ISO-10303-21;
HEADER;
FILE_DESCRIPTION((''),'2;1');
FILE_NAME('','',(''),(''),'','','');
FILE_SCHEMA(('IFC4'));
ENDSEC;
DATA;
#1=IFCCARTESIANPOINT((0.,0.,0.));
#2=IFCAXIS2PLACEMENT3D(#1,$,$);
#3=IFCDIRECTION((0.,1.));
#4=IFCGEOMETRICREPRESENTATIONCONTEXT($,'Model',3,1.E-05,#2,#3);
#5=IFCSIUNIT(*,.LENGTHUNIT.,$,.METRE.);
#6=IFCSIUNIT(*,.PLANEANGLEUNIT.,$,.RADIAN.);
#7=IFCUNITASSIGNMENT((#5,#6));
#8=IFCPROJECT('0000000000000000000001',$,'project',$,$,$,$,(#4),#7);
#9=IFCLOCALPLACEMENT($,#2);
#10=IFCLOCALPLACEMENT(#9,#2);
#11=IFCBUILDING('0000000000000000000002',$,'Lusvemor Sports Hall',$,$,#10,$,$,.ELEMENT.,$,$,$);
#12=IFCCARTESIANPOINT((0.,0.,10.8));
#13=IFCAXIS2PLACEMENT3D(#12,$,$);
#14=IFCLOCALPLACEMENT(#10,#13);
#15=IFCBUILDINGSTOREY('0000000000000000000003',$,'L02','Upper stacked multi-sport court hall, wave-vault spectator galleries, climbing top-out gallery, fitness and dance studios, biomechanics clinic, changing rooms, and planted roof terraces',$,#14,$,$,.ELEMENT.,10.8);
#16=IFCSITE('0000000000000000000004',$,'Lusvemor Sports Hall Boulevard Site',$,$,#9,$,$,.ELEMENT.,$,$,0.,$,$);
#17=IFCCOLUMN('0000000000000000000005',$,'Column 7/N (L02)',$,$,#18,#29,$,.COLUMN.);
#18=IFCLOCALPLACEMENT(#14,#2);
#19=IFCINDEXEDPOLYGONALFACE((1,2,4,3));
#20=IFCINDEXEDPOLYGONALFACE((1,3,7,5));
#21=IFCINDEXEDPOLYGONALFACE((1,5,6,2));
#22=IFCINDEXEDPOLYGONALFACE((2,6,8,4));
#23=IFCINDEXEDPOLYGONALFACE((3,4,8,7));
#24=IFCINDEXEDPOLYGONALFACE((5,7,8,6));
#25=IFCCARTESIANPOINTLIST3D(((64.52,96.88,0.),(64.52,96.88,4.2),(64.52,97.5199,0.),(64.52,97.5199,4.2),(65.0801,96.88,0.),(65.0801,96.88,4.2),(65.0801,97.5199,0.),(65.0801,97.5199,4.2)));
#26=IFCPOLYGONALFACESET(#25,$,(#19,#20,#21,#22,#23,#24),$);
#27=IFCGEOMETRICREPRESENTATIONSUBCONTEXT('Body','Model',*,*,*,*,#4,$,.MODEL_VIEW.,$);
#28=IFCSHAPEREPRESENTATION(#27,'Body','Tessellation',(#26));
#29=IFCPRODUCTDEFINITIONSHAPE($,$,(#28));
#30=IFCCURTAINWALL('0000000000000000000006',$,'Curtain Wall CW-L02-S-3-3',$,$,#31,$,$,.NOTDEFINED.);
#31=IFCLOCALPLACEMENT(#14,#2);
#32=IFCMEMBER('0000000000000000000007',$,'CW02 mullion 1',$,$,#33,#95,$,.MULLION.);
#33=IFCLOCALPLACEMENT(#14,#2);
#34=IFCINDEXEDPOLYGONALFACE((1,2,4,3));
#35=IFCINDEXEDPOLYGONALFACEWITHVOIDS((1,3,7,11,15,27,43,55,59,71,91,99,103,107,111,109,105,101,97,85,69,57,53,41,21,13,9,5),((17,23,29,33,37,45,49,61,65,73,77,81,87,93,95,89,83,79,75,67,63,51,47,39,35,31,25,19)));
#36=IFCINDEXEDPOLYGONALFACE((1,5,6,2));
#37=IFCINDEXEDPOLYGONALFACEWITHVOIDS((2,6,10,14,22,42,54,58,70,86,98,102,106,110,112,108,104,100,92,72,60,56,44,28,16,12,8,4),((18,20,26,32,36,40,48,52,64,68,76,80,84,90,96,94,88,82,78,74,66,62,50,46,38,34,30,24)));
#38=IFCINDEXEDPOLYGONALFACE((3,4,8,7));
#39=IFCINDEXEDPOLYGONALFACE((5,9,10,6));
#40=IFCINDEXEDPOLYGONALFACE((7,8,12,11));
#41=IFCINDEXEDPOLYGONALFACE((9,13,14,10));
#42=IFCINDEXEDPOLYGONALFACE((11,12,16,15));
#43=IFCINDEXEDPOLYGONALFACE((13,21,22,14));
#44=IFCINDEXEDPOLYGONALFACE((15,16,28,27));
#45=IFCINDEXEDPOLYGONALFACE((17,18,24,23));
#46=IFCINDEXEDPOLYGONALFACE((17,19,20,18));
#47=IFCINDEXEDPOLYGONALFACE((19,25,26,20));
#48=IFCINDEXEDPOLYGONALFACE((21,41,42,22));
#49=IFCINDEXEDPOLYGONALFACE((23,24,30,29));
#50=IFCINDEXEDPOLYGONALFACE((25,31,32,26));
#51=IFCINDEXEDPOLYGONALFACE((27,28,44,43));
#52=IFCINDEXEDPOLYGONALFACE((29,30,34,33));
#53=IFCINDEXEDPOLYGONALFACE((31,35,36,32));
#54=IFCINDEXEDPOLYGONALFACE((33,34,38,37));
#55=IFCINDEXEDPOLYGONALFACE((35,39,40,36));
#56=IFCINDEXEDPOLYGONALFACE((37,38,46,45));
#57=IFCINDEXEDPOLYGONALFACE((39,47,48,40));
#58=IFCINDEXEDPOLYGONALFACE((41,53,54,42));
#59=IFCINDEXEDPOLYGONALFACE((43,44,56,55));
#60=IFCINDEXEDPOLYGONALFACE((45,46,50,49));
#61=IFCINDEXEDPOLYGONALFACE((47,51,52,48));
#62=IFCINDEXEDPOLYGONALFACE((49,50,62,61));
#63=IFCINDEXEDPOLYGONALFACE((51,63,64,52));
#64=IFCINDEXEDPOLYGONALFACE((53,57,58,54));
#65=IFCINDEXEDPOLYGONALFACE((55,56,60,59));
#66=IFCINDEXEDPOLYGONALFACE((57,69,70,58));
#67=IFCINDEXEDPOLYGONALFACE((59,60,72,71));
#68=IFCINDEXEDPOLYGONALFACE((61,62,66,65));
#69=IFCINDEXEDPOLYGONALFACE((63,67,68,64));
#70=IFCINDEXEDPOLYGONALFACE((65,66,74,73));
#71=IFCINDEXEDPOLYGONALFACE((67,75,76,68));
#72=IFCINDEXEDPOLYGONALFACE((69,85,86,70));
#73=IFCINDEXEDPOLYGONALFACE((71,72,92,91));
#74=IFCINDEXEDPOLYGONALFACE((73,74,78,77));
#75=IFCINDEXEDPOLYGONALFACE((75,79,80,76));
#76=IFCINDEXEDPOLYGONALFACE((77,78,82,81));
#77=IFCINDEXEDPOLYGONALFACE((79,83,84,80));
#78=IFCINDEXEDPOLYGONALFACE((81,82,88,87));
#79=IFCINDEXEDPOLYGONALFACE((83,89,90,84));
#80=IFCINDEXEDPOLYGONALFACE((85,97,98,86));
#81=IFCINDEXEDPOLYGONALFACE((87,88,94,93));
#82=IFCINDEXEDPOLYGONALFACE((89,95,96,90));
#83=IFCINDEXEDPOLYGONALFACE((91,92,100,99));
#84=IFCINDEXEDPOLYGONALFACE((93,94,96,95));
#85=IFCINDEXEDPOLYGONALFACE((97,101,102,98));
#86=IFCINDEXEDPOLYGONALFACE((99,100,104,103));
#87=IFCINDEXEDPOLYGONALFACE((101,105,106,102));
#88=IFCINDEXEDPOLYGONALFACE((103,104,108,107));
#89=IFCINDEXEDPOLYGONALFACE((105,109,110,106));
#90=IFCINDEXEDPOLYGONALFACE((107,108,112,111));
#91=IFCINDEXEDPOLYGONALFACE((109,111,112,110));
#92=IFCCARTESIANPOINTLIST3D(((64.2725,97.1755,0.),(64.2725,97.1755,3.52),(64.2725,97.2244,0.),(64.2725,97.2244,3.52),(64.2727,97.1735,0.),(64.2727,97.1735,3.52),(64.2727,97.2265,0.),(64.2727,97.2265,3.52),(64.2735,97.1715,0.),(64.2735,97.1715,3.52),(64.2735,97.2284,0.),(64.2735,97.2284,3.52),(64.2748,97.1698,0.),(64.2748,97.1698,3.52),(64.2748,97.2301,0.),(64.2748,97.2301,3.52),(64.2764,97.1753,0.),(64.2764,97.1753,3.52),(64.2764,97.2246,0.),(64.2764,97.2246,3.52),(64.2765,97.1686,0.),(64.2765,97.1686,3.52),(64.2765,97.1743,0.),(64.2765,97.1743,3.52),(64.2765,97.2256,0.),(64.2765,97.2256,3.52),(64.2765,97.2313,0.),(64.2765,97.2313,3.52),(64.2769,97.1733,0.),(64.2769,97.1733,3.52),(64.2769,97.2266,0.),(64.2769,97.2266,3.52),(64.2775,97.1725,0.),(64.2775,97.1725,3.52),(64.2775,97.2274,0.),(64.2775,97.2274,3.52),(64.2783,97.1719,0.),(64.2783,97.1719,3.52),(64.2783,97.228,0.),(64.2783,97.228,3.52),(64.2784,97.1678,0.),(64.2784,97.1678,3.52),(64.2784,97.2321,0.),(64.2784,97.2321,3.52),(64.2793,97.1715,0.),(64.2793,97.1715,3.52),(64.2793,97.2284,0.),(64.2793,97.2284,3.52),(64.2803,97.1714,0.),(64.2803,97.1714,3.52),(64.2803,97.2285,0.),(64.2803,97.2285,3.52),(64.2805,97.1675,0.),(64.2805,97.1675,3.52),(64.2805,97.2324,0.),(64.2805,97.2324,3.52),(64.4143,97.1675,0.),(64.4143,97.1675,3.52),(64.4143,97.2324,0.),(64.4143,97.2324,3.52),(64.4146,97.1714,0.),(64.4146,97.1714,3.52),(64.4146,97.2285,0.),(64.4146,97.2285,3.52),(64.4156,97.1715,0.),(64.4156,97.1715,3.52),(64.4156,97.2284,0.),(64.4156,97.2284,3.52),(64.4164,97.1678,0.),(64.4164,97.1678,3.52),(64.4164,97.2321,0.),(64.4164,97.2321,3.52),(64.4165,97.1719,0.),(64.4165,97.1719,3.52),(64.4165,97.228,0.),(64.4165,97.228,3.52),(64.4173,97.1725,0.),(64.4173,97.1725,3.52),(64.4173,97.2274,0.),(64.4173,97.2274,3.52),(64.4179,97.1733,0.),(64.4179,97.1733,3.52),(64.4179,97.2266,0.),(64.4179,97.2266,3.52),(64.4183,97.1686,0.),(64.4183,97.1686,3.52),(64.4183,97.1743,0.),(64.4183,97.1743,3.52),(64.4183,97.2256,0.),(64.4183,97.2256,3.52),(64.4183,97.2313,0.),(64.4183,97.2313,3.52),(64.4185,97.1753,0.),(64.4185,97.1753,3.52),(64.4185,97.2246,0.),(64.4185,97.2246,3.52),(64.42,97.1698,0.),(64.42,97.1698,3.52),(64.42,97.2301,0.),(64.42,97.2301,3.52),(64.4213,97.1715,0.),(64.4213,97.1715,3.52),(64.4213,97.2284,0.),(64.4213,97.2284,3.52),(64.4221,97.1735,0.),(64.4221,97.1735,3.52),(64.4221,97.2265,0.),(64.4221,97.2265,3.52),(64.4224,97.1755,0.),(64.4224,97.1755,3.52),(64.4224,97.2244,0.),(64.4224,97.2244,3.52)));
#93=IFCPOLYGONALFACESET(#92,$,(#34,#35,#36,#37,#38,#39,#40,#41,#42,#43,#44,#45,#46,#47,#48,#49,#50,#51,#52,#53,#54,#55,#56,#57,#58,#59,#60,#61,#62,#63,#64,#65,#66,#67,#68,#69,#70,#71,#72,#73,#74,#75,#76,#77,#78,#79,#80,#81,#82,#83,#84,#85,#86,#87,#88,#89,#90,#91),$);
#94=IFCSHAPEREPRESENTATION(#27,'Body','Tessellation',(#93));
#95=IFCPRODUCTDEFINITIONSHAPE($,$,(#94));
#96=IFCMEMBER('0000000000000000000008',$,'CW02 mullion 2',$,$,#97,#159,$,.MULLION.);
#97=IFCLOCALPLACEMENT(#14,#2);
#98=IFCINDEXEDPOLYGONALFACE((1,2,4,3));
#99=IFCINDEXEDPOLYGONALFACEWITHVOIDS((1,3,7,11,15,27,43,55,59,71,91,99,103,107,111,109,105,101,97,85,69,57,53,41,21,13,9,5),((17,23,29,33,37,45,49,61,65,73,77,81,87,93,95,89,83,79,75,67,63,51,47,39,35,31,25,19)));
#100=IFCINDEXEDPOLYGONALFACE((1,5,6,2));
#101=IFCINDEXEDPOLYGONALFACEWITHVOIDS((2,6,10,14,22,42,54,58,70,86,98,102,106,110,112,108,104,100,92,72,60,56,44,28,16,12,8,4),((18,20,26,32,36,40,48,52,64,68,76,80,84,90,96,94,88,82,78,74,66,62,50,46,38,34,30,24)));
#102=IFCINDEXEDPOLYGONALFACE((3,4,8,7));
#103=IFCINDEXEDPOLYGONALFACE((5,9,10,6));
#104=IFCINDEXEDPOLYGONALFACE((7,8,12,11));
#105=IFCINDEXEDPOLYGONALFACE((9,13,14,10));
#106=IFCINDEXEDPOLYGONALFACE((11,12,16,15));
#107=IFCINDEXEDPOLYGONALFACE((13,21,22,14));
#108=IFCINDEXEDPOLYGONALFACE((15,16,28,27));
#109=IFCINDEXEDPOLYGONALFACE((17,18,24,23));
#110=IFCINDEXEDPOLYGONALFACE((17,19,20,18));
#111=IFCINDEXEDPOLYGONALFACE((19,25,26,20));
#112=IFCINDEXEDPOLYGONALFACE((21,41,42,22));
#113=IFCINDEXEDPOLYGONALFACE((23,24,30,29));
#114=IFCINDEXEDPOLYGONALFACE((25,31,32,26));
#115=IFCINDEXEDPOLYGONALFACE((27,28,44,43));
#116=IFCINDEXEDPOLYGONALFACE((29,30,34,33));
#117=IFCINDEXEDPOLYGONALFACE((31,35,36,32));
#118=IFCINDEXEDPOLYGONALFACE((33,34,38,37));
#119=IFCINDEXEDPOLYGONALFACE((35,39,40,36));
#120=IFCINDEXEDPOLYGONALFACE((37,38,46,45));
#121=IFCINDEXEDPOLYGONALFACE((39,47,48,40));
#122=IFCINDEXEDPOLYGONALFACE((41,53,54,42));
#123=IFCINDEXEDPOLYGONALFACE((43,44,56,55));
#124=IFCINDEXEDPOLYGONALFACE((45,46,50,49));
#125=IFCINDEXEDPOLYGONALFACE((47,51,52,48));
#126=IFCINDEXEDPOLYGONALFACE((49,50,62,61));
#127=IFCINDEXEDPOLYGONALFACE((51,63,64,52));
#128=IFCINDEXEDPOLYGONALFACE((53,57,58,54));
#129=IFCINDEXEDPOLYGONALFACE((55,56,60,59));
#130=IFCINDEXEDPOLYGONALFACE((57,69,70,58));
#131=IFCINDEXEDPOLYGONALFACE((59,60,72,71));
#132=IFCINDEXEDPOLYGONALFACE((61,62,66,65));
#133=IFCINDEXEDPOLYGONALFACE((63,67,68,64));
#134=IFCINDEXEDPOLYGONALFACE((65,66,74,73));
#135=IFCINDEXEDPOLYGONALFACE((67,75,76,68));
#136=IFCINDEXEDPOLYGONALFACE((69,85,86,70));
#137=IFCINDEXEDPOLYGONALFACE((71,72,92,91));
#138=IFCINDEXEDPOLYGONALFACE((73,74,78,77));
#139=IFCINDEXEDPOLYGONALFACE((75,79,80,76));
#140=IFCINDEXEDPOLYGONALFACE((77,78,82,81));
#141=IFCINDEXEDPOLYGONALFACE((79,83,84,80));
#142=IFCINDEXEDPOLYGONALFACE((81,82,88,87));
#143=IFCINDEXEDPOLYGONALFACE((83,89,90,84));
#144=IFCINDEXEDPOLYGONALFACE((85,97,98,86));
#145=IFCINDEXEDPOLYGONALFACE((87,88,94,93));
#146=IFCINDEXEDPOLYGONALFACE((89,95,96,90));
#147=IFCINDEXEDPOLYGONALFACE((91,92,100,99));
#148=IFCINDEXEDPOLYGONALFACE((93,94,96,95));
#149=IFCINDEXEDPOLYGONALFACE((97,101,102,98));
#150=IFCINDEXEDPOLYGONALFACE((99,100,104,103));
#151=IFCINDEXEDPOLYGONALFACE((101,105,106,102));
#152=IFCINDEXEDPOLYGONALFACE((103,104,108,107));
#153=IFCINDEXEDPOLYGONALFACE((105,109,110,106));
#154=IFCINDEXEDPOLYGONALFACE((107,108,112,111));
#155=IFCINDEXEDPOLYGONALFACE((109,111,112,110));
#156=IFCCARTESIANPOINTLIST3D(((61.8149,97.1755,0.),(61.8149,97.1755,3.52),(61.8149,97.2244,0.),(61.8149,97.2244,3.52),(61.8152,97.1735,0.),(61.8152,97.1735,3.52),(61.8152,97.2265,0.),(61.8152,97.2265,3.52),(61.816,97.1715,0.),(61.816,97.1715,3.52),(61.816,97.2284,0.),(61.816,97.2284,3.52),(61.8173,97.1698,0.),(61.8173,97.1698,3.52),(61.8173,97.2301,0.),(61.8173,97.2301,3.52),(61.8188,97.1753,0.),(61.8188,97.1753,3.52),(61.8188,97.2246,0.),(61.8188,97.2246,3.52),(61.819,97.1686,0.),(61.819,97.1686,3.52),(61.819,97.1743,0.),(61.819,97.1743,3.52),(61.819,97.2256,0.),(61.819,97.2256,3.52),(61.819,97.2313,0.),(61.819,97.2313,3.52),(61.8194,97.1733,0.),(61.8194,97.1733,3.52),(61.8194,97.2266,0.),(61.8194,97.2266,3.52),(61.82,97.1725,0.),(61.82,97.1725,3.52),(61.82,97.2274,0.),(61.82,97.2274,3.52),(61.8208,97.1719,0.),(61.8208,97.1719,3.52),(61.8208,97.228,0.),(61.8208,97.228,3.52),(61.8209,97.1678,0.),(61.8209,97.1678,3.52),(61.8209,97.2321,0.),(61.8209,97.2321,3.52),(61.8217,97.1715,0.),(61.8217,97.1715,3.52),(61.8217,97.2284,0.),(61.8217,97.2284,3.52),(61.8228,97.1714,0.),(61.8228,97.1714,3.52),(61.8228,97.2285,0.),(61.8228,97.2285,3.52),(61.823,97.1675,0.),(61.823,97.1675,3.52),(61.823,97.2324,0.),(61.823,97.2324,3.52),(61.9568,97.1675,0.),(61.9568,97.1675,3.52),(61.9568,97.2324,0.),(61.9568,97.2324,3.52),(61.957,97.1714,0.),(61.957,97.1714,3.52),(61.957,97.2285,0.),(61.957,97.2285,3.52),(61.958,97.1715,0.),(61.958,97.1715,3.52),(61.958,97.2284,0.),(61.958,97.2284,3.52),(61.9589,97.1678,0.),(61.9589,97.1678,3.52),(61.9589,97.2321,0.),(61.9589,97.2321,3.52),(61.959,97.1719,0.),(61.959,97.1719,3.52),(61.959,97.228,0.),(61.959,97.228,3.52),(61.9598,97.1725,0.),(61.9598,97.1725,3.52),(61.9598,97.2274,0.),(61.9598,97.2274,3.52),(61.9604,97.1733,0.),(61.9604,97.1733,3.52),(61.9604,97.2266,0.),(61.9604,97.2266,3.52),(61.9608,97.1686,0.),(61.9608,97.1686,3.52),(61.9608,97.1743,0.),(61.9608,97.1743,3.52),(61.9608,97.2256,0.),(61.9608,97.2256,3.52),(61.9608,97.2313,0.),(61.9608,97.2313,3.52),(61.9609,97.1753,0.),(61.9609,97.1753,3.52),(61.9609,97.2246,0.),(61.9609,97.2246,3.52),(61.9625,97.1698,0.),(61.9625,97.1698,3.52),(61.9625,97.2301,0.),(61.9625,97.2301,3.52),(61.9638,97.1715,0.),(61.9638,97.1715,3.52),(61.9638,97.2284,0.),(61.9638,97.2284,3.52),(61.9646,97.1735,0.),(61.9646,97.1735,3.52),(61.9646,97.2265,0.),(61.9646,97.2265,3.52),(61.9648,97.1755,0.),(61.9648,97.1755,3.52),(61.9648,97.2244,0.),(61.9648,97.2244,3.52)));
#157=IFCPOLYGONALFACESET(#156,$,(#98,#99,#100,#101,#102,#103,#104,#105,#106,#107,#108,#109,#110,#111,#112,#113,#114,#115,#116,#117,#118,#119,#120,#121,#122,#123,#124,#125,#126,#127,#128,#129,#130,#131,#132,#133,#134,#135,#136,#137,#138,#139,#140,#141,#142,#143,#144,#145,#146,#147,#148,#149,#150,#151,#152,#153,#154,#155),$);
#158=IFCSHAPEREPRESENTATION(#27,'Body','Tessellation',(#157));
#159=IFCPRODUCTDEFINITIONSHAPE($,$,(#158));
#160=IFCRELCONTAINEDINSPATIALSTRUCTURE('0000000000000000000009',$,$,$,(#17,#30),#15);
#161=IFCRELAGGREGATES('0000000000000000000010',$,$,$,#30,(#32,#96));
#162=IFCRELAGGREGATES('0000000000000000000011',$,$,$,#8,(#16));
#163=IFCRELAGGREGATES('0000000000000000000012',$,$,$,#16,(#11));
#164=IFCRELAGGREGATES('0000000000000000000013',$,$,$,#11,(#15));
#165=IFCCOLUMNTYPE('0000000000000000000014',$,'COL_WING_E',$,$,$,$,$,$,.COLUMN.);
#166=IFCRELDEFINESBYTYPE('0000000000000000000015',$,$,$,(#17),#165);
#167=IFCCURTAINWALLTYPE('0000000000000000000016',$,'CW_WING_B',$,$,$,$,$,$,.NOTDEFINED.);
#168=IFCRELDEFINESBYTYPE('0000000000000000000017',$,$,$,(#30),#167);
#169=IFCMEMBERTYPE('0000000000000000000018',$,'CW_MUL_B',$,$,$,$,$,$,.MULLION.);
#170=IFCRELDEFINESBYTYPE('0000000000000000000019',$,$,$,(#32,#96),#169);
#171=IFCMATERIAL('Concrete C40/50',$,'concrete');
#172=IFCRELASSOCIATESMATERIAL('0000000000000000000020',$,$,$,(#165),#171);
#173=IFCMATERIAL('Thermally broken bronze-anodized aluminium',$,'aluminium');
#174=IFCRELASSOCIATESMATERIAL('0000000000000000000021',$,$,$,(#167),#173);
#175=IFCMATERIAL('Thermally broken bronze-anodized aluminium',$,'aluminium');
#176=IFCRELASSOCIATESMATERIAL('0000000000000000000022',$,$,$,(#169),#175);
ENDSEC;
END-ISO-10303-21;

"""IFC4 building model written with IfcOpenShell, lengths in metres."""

from ifc_helpers import new_model, si_unit, direction, frame, origin, origin_2d, place, context, subcontext, project, spatial, rectangle, hollow_rectangle, extrude, material, material_profile, profile_set, type_object, element, aggregate, save


model = new_model("IFC4")

# Units and contexts
model_context = context("Model", 3, precision=1e-05, world=origin(), true_north=direction((0.0, 1.0)))
body_context = subcontext(model_context, "Body", "Model", "MODEL_VIEW")
ifc_project = project(units=[si_unit("LENGTHUNIT", "METRE"), si_unit("PLANEANGLEUNIT", "RADIAN")], contexts=[model_context])

# Site, building, storey
site_placement = place(None, origin())
site = spatial("IfcSite", under=ifc_project, at=site_placement, Name="Lusvemor Sports Hall Boulevard Site", CompositionType="ELEMENT", RefElevation=0.0)
building_placement = place(site_placement, origin())
building = spatial("IfcBuilding", under=site, at=building_placement, Name="Lusvemor Sports Hall", CompositionType="ELEMENT")
storey_placement = place(building_placement, frame((0.0, 0.0, 10.8)))
storey = spatial("IfcBuildingStorey", under=building, at=storey_placement, Name="L02", Description="Upper stacked multi-sport court hall, wave-vault spectator galleries, climbing top-out gallery, fitness and dance studios, biomechanics clinic, changing rooms, and planted roof terraces", CompositionType="ELEMENT", Elevation=10.8)

# Column
ifc_material_1 = material(Name="Concrete C40/50", Category="concrete")
ifc_material_profile_1 = material_profile(ifc_material_1, rectangle(XDim=0.5601, YDim=0.6399, at=origin_2d()), Name="RC560x640")
ifc_profile_set_1 = profile_set([ifc_material_profile_1], Name="Concrete C40/50")
column_type = type_object("IfcColumnType", Name="COL_WING_E", PredefinedType="COLUMN", material=ifc_profile_set_1)
column_placement = place(storey_placement, frame((64.8, 97.2, 0.0), z_axis=(0.0, 0.0, 1.0), x_axis=(1.0, 0.0, 0.0)))
element("IfcColumn", 1, at=column_placement, inside=storey, type_object=column_type, Name="Column 7/N (L02)", PredefinedType="COLUMN", context=body_context, shape_type="SweptSolid", body=[
    extrude(rectangle(XDim=0.5601, YDim=0.6399, at=origin_2d()), origin(), (0.0, 0.0, 1.0), 4.2),
])

# Curtain wall, members
ifc_material_2 = material(Name="Thermally broken bronze-anodized aluminium", Category="aluminium")
curtain_wall_type = type_object("IfcCurtainWallType", Name="CW_WING_B", PredefinedType="NOTDEFINED", material=ifc_material_2)
curtain_wall_placement = place(storey_placement, origin())
curtain_wall = element("IfcCurtainWall", 2, at=curtain_wall_placement, inside=storey, type_object=curtain_wall_type, Name="Curtain Wall CW-L02-S-3-3", PredefinedType="NOTDEFINED")
ifc_material_3 = material(Name="Thermally broken bronze-anodized aluminium", Category="aluminium")
ifc_material_profile_2 = material_profile(ifc_material_3, hollow_rectangle(XDim=0.0649, YDim=0.1499, WallThickness=0.0039, InnerFilletRadius=0.0039, OuterFilletRadius=0.0081, at=origin_2d()), Name="CWMUL150x65x4")
ifc_profile_set_2 = profile_set([ifc_material_profile_2], Name="Thermally broken bronze-anodized aluminium")
member_type_1 = type_object("IfcMemberType", Name="CW_MUL_B", PredefinedType="MULLION", material=ifc_profile_set_2)
member_1_placement = place(storey_placement, frame((64.3474, 97.2, 0.0), z_axis=(0.0, 0.0, 1.0), x_axis=(0.0, -1.0, 0.0)))
member_1 = element("IfcMember", 3, at=member_1_placement, type_object=member_type_1, Name="CW02 mullion 1", PredefinedType="MULLION", context=body_context, shape_type="SweptSolid", body=[
    extrude(hollow_rectangle(XDim=0.0649, YDim=0.1499, WallThickness=0.0039, InnerFilletRadius=0.0039, OuterFilletRadius=0.0081, at=origin_2d()), origin(), (0.0, 0.0, 1.0), 3.52),
])
member_2_placement = place(storey_placement, frame((61.8899, 97.2, 0.0), z_axis=(0.0, 0.0, 1.0), x_axis=(0.0, -1.0, 0.0)))
member_2 = element("IfcMember", 4, at=member_2_placement, type_object=member_type_1, Name="CW02 mullion 2", PredefinedType="MULLION", context=body_context, shape_type="SweptSolid", body=[
    extrude(hollow_rectangle(XDim=0.0649, YDim=0.1499, WallThickness=0.0039, InnerFilletRadius=0.0039, OuterFilletRadius=0.0081, at=origin_2d()), origin(), (0.0, 0.0, 1.0), 3.52),
])

aggregate(curtain_wall, [member_1, member_2])

save(model, "model.ifc")
